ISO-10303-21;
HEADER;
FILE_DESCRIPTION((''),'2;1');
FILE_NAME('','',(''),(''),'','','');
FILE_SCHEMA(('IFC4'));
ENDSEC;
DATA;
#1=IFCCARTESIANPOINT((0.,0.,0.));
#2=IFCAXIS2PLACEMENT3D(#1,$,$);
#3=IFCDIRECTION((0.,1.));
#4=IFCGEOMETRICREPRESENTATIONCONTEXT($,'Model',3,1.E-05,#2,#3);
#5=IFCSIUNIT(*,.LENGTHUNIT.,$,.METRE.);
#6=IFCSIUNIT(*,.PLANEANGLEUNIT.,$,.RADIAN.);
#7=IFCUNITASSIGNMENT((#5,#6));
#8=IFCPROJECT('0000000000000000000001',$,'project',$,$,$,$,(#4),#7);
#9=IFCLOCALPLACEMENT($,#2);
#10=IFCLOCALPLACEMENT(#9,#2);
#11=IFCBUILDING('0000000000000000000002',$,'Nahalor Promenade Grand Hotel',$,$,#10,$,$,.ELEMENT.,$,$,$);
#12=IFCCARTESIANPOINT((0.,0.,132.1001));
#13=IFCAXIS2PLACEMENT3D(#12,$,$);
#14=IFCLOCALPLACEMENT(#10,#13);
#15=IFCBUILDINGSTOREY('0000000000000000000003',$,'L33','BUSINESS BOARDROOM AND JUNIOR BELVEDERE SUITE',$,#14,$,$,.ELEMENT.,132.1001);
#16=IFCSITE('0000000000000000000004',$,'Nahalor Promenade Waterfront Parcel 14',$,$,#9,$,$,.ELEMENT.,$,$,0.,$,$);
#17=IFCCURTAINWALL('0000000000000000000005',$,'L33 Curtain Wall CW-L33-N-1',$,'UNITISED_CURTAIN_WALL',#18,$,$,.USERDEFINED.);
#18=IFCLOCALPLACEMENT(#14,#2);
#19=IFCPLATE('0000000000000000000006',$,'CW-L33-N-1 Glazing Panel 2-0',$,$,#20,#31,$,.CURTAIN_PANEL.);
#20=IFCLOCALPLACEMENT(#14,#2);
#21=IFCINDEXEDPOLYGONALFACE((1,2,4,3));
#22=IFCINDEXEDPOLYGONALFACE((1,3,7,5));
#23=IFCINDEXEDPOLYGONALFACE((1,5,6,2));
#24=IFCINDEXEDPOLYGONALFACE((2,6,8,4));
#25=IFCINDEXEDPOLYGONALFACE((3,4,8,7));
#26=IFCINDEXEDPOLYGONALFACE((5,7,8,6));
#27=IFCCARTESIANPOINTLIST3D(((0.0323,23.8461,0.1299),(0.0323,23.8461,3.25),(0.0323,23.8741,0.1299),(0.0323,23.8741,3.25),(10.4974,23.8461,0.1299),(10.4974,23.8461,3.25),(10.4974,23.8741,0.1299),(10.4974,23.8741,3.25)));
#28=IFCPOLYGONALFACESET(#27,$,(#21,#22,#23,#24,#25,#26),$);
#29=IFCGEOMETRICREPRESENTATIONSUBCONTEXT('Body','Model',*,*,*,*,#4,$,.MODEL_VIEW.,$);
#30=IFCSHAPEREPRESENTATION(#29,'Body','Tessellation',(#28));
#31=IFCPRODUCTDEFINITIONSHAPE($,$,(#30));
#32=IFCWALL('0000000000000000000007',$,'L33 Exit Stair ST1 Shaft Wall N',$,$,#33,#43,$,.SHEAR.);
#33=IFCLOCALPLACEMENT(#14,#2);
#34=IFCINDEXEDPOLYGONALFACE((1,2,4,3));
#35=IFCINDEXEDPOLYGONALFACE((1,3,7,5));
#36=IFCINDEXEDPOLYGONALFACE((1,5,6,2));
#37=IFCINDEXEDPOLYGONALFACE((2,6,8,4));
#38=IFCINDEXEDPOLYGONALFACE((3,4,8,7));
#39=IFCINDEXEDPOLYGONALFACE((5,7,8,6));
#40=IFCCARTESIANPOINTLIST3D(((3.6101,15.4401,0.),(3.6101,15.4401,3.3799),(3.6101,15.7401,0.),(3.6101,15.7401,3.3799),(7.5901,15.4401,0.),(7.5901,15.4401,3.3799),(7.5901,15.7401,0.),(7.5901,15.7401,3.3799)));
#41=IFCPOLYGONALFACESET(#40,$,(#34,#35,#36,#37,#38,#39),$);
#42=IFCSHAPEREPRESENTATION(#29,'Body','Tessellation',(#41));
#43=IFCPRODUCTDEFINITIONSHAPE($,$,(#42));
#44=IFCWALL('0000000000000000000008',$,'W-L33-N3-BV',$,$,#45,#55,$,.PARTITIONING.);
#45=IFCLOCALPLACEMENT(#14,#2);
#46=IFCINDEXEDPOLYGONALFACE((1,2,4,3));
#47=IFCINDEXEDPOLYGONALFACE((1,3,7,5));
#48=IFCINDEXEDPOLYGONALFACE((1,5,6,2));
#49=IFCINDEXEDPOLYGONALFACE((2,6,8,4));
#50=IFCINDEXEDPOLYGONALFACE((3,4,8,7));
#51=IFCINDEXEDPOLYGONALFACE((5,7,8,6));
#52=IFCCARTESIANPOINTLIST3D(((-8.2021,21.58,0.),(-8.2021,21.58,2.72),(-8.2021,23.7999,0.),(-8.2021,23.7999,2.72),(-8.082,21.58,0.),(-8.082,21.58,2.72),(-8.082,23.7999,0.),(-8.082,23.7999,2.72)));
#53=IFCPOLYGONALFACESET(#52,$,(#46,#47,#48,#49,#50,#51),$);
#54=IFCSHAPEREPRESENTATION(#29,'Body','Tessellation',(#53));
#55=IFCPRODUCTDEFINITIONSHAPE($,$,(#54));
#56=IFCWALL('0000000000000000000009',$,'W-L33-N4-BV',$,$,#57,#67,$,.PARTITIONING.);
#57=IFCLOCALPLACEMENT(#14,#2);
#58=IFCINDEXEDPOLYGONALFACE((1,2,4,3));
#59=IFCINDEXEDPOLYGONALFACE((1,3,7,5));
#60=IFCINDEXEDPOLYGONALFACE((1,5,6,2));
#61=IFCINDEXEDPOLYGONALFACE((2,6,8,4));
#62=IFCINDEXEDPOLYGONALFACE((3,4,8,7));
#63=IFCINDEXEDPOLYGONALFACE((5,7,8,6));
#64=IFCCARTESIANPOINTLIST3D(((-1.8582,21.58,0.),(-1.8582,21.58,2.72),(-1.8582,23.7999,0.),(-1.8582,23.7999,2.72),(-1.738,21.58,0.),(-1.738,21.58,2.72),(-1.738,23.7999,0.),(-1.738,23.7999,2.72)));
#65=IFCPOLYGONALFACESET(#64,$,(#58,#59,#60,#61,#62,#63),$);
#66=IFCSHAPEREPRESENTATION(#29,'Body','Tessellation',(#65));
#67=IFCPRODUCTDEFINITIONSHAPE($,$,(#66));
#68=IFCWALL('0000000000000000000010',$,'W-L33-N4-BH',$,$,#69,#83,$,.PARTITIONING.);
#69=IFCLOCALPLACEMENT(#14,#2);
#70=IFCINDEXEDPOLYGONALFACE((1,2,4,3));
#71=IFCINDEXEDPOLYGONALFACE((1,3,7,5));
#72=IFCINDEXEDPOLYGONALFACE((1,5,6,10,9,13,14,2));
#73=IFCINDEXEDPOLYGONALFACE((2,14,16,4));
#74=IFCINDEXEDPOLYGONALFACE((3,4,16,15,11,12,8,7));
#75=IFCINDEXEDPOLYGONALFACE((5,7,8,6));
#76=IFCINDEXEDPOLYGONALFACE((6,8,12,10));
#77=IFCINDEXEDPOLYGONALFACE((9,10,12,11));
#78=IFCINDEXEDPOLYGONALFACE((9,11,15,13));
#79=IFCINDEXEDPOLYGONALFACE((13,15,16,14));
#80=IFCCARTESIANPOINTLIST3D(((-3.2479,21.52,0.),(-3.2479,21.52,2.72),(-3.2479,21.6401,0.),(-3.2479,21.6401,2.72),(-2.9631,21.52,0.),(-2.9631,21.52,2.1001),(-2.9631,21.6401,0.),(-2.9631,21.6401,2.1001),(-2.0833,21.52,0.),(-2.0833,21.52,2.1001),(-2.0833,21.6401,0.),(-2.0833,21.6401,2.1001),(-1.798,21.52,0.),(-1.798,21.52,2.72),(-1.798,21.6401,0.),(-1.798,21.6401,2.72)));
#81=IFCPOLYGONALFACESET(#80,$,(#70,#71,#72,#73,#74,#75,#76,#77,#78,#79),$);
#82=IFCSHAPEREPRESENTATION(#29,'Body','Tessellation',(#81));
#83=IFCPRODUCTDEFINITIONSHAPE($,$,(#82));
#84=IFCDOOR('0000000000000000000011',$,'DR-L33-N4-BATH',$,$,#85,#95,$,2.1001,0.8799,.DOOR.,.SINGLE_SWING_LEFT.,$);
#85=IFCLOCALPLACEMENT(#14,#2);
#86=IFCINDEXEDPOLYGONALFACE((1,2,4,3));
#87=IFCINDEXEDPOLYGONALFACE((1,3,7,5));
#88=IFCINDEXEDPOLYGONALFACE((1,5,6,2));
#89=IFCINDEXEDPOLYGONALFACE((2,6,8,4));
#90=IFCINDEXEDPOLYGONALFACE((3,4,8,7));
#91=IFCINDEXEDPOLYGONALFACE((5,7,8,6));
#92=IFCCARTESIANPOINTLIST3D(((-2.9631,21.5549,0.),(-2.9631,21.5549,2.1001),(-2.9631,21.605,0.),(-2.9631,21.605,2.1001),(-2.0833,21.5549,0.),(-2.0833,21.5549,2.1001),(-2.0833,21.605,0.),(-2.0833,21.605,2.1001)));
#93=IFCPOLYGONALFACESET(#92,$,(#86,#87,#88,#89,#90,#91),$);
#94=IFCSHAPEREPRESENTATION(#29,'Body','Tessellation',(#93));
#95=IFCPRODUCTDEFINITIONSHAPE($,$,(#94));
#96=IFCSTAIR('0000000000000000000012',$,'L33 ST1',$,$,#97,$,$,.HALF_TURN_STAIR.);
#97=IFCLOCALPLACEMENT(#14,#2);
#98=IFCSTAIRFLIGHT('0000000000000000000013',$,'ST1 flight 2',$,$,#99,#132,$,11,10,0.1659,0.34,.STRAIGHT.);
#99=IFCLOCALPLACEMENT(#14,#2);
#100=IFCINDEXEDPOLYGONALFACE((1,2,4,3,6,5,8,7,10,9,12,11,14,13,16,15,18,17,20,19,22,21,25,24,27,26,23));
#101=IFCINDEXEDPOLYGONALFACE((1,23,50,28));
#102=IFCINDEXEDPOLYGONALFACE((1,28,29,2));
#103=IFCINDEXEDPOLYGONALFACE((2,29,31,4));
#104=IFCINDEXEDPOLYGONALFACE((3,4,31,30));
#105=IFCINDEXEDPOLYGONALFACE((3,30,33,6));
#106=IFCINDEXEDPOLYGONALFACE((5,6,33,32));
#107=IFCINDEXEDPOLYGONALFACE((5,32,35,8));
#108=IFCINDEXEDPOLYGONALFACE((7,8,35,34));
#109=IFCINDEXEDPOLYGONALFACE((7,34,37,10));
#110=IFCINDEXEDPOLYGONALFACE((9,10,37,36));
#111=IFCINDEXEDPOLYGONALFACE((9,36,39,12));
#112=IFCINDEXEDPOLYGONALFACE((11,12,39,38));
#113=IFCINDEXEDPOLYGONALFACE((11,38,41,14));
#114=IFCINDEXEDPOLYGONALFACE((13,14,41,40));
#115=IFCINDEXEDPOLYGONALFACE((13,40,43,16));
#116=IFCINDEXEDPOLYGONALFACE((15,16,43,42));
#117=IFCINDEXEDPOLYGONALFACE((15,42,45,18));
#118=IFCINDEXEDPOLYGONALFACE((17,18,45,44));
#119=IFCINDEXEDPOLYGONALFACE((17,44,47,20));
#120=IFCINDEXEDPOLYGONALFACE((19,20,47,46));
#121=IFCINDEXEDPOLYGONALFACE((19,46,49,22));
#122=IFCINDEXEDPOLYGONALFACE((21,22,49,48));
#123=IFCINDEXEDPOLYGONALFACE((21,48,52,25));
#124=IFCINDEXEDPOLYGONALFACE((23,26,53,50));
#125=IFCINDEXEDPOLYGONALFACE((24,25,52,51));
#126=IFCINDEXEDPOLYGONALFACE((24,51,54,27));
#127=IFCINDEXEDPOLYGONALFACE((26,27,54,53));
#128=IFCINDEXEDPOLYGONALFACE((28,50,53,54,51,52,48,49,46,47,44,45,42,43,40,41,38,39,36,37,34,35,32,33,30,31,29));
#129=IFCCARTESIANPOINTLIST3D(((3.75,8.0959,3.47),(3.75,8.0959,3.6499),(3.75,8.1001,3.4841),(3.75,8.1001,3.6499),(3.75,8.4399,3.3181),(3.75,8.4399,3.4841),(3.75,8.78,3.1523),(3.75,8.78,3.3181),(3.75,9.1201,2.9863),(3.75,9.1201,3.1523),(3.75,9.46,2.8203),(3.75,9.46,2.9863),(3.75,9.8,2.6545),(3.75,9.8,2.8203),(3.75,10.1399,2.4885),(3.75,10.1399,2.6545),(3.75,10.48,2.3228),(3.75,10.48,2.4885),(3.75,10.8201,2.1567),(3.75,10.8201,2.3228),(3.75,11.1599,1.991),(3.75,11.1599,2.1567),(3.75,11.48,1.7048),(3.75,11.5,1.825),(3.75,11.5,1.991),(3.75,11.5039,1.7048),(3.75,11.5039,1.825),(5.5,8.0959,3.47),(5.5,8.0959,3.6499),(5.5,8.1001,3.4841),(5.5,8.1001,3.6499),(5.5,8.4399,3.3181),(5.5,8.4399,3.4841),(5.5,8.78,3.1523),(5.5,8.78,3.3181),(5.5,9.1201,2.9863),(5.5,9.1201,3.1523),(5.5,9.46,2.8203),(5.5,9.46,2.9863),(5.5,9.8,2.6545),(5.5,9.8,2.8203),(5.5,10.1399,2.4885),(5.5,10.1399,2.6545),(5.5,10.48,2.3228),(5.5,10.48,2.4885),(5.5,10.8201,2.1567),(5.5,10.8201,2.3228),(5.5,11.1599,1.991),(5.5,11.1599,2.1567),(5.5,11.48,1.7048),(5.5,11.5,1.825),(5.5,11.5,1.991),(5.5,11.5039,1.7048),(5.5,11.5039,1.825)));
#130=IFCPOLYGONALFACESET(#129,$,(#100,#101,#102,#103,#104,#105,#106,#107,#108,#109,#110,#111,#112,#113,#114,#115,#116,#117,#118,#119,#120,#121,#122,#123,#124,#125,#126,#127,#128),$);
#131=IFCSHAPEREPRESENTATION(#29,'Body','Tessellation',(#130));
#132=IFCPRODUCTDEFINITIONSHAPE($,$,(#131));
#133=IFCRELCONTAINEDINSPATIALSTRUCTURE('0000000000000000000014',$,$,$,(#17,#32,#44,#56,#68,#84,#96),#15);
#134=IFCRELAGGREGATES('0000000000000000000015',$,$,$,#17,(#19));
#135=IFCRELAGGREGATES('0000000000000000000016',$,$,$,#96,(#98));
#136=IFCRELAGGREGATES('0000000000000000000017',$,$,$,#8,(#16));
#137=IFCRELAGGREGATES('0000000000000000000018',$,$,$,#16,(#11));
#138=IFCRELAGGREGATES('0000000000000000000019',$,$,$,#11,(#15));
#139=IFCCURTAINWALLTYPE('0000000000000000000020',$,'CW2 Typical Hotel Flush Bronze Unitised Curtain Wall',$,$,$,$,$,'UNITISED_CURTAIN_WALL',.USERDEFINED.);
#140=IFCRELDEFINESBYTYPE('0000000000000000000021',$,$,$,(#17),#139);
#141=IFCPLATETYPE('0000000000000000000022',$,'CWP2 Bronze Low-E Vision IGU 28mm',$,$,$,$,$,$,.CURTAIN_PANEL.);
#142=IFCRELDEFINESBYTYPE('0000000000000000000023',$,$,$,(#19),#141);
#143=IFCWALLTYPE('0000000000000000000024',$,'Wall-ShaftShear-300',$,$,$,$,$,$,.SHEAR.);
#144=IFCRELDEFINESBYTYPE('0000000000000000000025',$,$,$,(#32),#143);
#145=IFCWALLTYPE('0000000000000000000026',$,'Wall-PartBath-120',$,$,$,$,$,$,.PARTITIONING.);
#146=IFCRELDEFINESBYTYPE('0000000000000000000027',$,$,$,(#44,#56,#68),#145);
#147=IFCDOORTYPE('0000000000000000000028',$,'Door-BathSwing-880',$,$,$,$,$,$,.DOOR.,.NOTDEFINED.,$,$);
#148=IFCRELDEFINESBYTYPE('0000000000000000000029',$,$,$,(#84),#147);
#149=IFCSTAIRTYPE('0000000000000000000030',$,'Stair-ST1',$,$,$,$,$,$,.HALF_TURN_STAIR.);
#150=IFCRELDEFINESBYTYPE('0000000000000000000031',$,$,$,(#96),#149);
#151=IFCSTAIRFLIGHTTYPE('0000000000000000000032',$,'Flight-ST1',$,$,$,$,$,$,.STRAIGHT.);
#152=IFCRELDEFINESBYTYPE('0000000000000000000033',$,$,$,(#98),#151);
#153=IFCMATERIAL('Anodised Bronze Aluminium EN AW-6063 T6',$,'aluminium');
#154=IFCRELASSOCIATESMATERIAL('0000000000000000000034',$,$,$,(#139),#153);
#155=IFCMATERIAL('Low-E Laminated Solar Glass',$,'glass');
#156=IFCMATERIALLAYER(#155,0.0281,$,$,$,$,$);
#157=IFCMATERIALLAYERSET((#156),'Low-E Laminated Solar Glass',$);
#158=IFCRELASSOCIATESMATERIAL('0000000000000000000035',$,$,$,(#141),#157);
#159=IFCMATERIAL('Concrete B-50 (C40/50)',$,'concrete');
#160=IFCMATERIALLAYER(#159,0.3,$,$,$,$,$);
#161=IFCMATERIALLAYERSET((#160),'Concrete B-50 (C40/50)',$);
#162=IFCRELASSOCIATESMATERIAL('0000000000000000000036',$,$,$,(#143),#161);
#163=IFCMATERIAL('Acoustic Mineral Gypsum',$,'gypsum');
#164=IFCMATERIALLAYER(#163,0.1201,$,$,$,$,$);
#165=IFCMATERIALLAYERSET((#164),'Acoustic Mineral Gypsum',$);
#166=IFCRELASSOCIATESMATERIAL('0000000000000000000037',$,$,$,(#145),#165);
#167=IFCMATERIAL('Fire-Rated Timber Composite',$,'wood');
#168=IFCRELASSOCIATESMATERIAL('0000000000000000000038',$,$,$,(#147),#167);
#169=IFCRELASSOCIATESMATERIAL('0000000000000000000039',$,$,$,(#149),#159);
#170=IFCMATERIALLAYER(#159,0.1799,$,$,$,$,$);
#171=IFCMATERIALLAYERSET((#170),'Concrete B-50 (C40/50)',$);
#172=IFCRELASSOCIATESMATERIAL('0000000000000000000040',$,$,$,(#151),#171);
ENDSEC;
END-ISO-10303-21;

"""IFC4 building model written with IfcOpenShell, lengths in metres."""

from ifc_helpers import new_model, si_unit, direction, frame, frame_2d, origin, origin_2d, place, context, subcontext, project, spatial, polyline, rectangle, outline, extrude, source, transform, mapped, material, layer, layer_set, type_object, element, fill, aggregate, save


model = new_model("IFC4")

# Units and contexts
model_context = context("Model", 3, precision=1e-05, world=origin(), true_north=direction((0.0, 1.0)))
body_context = subcontext(model_context, "Body", "Model", "MODEL_VIEW")
ifc_project = project(units=[si_unit("LENGTHUNIT", "METRE"), si_unit("PLANEANGLEUNIT", "RADIAN")], contexts=[model_context])

# Site, building, storey
site_placement = place(None, origin())
site = spatial("IfcSite", under=ifc_project, at=site_placement, Name="Nahalor Promenade Waterfront Parcel 14", CompositionType="ELEMENT", RefElevation=0.0)
building_placement = place(site_placement, origin())
building = spatial("IfcBuilding", under=site, at=building_placement, Name="Nahalor Promenade Grand Hotel", CompositionType="ELEMENT")
storey_placement = place(building_placement, frame((0.0, 0.0, 132.1001)))
storey = spatial("IfcBuildingStorey", under=building, at=storey_placement, Name="L33", Description="BUSINESS BOARDROOM AND JUNIOR BELVEDERE SUITE", CompositionType="ELEMENT", Elevation=132.1001)

# Curtain wall, plate
ifc_material_1 = material(Name="Anodised Bronze Aluminium EN AW-6063 T6", Category="aluminium")
curtain_wall_type = type_object("IfcCurtainWallType", Name="CW2 Typical Hotel Flush Bronze Unitised Curtain Wall", ElementType="UNITISED_CURTAIN_WALL", PredefinedType="USERDEFINED", material=ifc_material_1)
curtain_wall_placement = place(storey_placement, origin())
curtain_wall = element("IfcCurtainWall", 1, at=curtain_wall_placement, inside=storey, type_object=curtain_wall_type, Name="L33 Curtain Wall CW-L33-N-1", ObjectType="UNITISED_CURTAIN_WALL", PredefinedType="USERDEFINED")
ifc_material_2 = material(Name="Low-E Laminated Solar Glass", Category="glass")
ifc_layer_1 = layer(ifc_material_2, 0.0281)
ifc_layer_set_1 = layer_set([ifc_layer_1], Name="Low-E Laminated Solar Glass")
plate_type = type_object("IfcPlateType", Name="CWP2 Bronze Low-E Vision IGU 28mm", PredefinedType="CURTAIN_PANEL", material=ifc_layer_set_1)
shared_shape_1 = source(origin(), body_context, "Body", "SweptSolid", [
    extrude(rectangle(XDim=10.4651, YDim=0.0281, at=origin_2d()), origin(), (0.0, 0.0, 1.0), 3.1201),
])
plate_1_placement = place(storey_placement, frame((5.2649, 23.8601, 0.1299), z_axis=(0.0, 0.0, 1.0), x_axis=(1.0, 0.0, 0.0)))
plate_1 = element("IfcPlate", 2, at=plate_1_placement, type_object=plate_type, Name="CW-L33-N-1 Glazing Panel 2-0", PredefinedType="CURTAIN_PANEL", context=body_context, shape_type="MappedRepresentation", body=[
    mapped(shared_shape_1, transform((0.0, 0.0, 0.0), scale=1.0)),
])
aggregate(curtain_wall, [plate_1])

# Walls
ifc_material_3 = material(Name="Concrete B-50 (C40/50)", Category="concrete")
ifc_layer_2 = layer(ifc_material_3, 0.3)
ifc_layer_set_2 = layer_set([ifc_layer_2], Name="Concrete B-50 (C40/50)")
wall_type_1 = type_object("IfcWallType", Name="Wall-ShaftShear-300", PredefinedType="SHEAR", material=ifc_layer_set_2)
shared_shape_2 = source(origin(), body_context, "Body", "SweptSolid", [
    extrude(rectangle(XDim=3.98, YDim=0.3, at=frame_2d((1.99, 0.0))), origin(), (0.0, 0.0, 1.0), 3.3799),
])
wall_1_placement = place(storey_placement, frame((3.6101, 15.5901, 0.0), z_axis=(0.0, 0.0, 1.0), x_axis=(1.0, 0.0, 0.0)))
element("IfcWall", 3, at=wall_1_placement, inside=storey, type_object=wall_type_1, Name="L33 Exit Stair ST1 Shaft Wall N", PredefinedType="SHEAR", context=body_context, shape_type="MappedRepresentation", body=[
    mapped(shared_shape_2, transform((0.0, 0.0, 0.0), scale=1.0)),
])
ifc_material_4 = material(Name="Acoustic Mineral Gypsum", Category="gypsum")
ifc_layer_3 = layer(ifc_material_4, 0.1201)
ifc_layer_set_3 = layer_set([ifc_layer_3], Name="Acoustic Mineral Gypsum")
wall_type_2 = type_object("IfcWallType", Name="Wall-PartBath-120", PredefinedType="PARTITIONING", material=ifc_layer_set_3)
shared_shape_3 = source(origin(), body_context, "Body", "SweptSolid", [
    extrude(rectangle(XDim=2.22, YDim=0.1201, at=frame_2d((1.1099, 0.0))), origin(), (0.0, 0.0, 1.0), 2.72),
])
for number, where, z_axis, x_axis, name in (
    (4, (-8.1421, 21.5801, 0.0), (0.0, 0.0, 1.0), (0.0, 1.0, 0.0), "W-L33-N3-BV"),
    (5, (-1.7981, 21.5801, 0.0), (0.0, 0.0, 1.0), (0.0, 1.0, 0.0), "W-L33-N4-BV"),
):
    element("IfcWall", number, at=place(storey_placement, frame(where, z_axis=z_axis, x_axis=x_axis)), inside=storey, type_object=wall_type_2, Name=name, PredefinedType="PARTITIONING", context=body_context, shape_type="MappedRepresentation", body=[
        mapped(shared_shape_3, transform((0.0, 0.0, 0.0), scale=1.0)),
    ])

# Wall, opening, door
shared_shape_4 = source(origin(), body_context, "Body", "SweptSolid", [
    extrude(rectangle(XDim=1.45, YDim=0.1201, at=frame_2d((0.7251, 0.0))), origin(), (0.0, 0.0, 1.0), 2.72),
])
wall_2_placement = place(storey_placement, frame((-3.248, 21.5801, 0.0), z_axis=(0.0, 0.0, 1.0), x_axis=(1.0, 0.0, 0.0)))
wall_2 = element("IfcWall", 6, at=wall_2_placement, inside=storey, type_object=wall_type_2, Name="W-L33-N4-BH", PredefinedType="PARTITIONING", context=body_context, shape_type="MappedRepresentation", body=[
    mapped(shared_shape_4, transform((0.0, 0.0, 0.0), scale=1.0)),
])
opening_placement = place(wall_2_placement, frame((0.2849, 0.0, 0.0)))
opening = element("IfcOpeningElement", 7, at=opening_placement, cuts=wall_2, PredefinedType="OPENING", context=body_context, shape_type="SweptSolid", body=[
    extrude(rectangle(XDim=0.8799, YDim=2.1001, at=frame_2d((0.4399, 1.05))), frame((0.0, 0.0701, 0.0), z_axis=(0.0, -1.0, 0.0), x_axis=(1.0, 0.0, 0.0)), (0.0, 0.0, 1.0), 0.1401),
])
ifc_material_5 = material(Name="Fire-Rated Timber Composite", Category="wood")
door_type = type_object("IfcDoorType", Name="Door-BathSwing-880", OperationType="NOTDEFINED", PredefinedType="DOOR", material=ifc_material_5)
shared_shape_5 = source(origin(), body_context, "Body", "SweptSolid", [
    extrude(rectangle(XDim=0.8799, YDim=2.1001, at=frame_2d((0.4399, 1.05))), frame((0.0, 0.0249, 0.0), z_axis=(0.0, -1.0, 0.0), x_axis=(1.0, 0.0, 0.0)), (0.0, 0.0, 1.0), 0.05),
])
door_placement = place(opening_placement, origin())
door = element("IfcDoor", 8, at=door_placement, inside=storey, type_object=door_type, Name="DR-L33-N4-BATH", OperationType="SINGLE_SWING_LEFT", OverallHeight=2.1001, OverallWidth=0.8799, PredefinedType="DOOR", context=body_context, shape_type="MappedRepresentation", body=[
    mapped(shared_shape_5, transform((0.0, 0.0, 0.0), scale=1.0)),
])
fill(opening, door)

# Stair, stair flight
stair_type = type_object("IfcStairType", Name="Stair-ST1", PredefinedType="HALF_TURN_STAIR", material=ifc_material_3)
stair_placement = place(storey_placement, origin())
stair = element("IfcStair", 9, at=stair_placement, inside=storey, type_object=stair_type, Name="L33 ST1", PredefinedType="HALF_TURN_STAIR")
ifc_layer_4 = layer(ifc_material_3, 0.1799)
ifc_layer_set_4 = layer_set([ifc_layer_4], Name="Concrete B-50 (C40/50)")
stair_flight_type = type_object("IfcStairFlightType", Name="Flight-ST1", PredefinedType="STRAIGHT", material=ifc_layer_set_4)
shared_shape_6 = source(origin(), body_context, "Body", "SweptSolid", [
    extrude(outline(polyline([(-0.0039, -0.1201), (-0.0039, 0.0), (0.0, 0.0), (0.0, 0.166), (0.3401, 0.166), (0.3401, 0.3318), (0.6799, 0.3318), (0.6799, 0.4978), (1.02, 0.4978), (1.02, 0.6636), (1.3601, 0.6636), (1.3601, 0.8296), (1.7, 0.8296), (1.7, 0.9954), (2.04, 0.9954), (2.04, 1.1614), (2.3799, 1.1614), (2.3799, 1.3274), (2.72, 1.3274), (2.72, 1.4932), (3.0601, 1.4932), (3.0601, 1.6592), (3.3999, 1.6592), (3.3999, 1.825), (3.4041, 1.825), (3.4041, 1.645), (0.02, -0.1201), (-0.0039, -0.1201)])), frame((0.0, 0.875, 0.0), z_axis=(0.0, -1.0, 0.0), x_axis=(1.0, 0.0, 0.0)), (0.0, 0.0, 1.0), 1.75),
])
stair_flight_placement = place(storey_placement, frame((4.625, 11.5, 1.825), z_axis=(0.0, 0.0, 1.0), x_axis=(0.0, -1.0, 0.0)))
stair_flight = element("IfcStairFlight", 10, at=stair_flight_placement, type_object=stair_flight_type, Name="ST1 flight 2", NumberOfRisers=11, NumberOfTreads=10, PredefinedType="STRAIGHT", RiserHeight=0.1659, TreadLength=0.34, context=body_context, shape_type="MappedRepresentation", body=[
    mapped(shared_shape_6, transform((0.0, 0.0, 0.0), scale=1.0)),
])
aggregate(stair, [stair_flight])

save(model, "model.ifc")
